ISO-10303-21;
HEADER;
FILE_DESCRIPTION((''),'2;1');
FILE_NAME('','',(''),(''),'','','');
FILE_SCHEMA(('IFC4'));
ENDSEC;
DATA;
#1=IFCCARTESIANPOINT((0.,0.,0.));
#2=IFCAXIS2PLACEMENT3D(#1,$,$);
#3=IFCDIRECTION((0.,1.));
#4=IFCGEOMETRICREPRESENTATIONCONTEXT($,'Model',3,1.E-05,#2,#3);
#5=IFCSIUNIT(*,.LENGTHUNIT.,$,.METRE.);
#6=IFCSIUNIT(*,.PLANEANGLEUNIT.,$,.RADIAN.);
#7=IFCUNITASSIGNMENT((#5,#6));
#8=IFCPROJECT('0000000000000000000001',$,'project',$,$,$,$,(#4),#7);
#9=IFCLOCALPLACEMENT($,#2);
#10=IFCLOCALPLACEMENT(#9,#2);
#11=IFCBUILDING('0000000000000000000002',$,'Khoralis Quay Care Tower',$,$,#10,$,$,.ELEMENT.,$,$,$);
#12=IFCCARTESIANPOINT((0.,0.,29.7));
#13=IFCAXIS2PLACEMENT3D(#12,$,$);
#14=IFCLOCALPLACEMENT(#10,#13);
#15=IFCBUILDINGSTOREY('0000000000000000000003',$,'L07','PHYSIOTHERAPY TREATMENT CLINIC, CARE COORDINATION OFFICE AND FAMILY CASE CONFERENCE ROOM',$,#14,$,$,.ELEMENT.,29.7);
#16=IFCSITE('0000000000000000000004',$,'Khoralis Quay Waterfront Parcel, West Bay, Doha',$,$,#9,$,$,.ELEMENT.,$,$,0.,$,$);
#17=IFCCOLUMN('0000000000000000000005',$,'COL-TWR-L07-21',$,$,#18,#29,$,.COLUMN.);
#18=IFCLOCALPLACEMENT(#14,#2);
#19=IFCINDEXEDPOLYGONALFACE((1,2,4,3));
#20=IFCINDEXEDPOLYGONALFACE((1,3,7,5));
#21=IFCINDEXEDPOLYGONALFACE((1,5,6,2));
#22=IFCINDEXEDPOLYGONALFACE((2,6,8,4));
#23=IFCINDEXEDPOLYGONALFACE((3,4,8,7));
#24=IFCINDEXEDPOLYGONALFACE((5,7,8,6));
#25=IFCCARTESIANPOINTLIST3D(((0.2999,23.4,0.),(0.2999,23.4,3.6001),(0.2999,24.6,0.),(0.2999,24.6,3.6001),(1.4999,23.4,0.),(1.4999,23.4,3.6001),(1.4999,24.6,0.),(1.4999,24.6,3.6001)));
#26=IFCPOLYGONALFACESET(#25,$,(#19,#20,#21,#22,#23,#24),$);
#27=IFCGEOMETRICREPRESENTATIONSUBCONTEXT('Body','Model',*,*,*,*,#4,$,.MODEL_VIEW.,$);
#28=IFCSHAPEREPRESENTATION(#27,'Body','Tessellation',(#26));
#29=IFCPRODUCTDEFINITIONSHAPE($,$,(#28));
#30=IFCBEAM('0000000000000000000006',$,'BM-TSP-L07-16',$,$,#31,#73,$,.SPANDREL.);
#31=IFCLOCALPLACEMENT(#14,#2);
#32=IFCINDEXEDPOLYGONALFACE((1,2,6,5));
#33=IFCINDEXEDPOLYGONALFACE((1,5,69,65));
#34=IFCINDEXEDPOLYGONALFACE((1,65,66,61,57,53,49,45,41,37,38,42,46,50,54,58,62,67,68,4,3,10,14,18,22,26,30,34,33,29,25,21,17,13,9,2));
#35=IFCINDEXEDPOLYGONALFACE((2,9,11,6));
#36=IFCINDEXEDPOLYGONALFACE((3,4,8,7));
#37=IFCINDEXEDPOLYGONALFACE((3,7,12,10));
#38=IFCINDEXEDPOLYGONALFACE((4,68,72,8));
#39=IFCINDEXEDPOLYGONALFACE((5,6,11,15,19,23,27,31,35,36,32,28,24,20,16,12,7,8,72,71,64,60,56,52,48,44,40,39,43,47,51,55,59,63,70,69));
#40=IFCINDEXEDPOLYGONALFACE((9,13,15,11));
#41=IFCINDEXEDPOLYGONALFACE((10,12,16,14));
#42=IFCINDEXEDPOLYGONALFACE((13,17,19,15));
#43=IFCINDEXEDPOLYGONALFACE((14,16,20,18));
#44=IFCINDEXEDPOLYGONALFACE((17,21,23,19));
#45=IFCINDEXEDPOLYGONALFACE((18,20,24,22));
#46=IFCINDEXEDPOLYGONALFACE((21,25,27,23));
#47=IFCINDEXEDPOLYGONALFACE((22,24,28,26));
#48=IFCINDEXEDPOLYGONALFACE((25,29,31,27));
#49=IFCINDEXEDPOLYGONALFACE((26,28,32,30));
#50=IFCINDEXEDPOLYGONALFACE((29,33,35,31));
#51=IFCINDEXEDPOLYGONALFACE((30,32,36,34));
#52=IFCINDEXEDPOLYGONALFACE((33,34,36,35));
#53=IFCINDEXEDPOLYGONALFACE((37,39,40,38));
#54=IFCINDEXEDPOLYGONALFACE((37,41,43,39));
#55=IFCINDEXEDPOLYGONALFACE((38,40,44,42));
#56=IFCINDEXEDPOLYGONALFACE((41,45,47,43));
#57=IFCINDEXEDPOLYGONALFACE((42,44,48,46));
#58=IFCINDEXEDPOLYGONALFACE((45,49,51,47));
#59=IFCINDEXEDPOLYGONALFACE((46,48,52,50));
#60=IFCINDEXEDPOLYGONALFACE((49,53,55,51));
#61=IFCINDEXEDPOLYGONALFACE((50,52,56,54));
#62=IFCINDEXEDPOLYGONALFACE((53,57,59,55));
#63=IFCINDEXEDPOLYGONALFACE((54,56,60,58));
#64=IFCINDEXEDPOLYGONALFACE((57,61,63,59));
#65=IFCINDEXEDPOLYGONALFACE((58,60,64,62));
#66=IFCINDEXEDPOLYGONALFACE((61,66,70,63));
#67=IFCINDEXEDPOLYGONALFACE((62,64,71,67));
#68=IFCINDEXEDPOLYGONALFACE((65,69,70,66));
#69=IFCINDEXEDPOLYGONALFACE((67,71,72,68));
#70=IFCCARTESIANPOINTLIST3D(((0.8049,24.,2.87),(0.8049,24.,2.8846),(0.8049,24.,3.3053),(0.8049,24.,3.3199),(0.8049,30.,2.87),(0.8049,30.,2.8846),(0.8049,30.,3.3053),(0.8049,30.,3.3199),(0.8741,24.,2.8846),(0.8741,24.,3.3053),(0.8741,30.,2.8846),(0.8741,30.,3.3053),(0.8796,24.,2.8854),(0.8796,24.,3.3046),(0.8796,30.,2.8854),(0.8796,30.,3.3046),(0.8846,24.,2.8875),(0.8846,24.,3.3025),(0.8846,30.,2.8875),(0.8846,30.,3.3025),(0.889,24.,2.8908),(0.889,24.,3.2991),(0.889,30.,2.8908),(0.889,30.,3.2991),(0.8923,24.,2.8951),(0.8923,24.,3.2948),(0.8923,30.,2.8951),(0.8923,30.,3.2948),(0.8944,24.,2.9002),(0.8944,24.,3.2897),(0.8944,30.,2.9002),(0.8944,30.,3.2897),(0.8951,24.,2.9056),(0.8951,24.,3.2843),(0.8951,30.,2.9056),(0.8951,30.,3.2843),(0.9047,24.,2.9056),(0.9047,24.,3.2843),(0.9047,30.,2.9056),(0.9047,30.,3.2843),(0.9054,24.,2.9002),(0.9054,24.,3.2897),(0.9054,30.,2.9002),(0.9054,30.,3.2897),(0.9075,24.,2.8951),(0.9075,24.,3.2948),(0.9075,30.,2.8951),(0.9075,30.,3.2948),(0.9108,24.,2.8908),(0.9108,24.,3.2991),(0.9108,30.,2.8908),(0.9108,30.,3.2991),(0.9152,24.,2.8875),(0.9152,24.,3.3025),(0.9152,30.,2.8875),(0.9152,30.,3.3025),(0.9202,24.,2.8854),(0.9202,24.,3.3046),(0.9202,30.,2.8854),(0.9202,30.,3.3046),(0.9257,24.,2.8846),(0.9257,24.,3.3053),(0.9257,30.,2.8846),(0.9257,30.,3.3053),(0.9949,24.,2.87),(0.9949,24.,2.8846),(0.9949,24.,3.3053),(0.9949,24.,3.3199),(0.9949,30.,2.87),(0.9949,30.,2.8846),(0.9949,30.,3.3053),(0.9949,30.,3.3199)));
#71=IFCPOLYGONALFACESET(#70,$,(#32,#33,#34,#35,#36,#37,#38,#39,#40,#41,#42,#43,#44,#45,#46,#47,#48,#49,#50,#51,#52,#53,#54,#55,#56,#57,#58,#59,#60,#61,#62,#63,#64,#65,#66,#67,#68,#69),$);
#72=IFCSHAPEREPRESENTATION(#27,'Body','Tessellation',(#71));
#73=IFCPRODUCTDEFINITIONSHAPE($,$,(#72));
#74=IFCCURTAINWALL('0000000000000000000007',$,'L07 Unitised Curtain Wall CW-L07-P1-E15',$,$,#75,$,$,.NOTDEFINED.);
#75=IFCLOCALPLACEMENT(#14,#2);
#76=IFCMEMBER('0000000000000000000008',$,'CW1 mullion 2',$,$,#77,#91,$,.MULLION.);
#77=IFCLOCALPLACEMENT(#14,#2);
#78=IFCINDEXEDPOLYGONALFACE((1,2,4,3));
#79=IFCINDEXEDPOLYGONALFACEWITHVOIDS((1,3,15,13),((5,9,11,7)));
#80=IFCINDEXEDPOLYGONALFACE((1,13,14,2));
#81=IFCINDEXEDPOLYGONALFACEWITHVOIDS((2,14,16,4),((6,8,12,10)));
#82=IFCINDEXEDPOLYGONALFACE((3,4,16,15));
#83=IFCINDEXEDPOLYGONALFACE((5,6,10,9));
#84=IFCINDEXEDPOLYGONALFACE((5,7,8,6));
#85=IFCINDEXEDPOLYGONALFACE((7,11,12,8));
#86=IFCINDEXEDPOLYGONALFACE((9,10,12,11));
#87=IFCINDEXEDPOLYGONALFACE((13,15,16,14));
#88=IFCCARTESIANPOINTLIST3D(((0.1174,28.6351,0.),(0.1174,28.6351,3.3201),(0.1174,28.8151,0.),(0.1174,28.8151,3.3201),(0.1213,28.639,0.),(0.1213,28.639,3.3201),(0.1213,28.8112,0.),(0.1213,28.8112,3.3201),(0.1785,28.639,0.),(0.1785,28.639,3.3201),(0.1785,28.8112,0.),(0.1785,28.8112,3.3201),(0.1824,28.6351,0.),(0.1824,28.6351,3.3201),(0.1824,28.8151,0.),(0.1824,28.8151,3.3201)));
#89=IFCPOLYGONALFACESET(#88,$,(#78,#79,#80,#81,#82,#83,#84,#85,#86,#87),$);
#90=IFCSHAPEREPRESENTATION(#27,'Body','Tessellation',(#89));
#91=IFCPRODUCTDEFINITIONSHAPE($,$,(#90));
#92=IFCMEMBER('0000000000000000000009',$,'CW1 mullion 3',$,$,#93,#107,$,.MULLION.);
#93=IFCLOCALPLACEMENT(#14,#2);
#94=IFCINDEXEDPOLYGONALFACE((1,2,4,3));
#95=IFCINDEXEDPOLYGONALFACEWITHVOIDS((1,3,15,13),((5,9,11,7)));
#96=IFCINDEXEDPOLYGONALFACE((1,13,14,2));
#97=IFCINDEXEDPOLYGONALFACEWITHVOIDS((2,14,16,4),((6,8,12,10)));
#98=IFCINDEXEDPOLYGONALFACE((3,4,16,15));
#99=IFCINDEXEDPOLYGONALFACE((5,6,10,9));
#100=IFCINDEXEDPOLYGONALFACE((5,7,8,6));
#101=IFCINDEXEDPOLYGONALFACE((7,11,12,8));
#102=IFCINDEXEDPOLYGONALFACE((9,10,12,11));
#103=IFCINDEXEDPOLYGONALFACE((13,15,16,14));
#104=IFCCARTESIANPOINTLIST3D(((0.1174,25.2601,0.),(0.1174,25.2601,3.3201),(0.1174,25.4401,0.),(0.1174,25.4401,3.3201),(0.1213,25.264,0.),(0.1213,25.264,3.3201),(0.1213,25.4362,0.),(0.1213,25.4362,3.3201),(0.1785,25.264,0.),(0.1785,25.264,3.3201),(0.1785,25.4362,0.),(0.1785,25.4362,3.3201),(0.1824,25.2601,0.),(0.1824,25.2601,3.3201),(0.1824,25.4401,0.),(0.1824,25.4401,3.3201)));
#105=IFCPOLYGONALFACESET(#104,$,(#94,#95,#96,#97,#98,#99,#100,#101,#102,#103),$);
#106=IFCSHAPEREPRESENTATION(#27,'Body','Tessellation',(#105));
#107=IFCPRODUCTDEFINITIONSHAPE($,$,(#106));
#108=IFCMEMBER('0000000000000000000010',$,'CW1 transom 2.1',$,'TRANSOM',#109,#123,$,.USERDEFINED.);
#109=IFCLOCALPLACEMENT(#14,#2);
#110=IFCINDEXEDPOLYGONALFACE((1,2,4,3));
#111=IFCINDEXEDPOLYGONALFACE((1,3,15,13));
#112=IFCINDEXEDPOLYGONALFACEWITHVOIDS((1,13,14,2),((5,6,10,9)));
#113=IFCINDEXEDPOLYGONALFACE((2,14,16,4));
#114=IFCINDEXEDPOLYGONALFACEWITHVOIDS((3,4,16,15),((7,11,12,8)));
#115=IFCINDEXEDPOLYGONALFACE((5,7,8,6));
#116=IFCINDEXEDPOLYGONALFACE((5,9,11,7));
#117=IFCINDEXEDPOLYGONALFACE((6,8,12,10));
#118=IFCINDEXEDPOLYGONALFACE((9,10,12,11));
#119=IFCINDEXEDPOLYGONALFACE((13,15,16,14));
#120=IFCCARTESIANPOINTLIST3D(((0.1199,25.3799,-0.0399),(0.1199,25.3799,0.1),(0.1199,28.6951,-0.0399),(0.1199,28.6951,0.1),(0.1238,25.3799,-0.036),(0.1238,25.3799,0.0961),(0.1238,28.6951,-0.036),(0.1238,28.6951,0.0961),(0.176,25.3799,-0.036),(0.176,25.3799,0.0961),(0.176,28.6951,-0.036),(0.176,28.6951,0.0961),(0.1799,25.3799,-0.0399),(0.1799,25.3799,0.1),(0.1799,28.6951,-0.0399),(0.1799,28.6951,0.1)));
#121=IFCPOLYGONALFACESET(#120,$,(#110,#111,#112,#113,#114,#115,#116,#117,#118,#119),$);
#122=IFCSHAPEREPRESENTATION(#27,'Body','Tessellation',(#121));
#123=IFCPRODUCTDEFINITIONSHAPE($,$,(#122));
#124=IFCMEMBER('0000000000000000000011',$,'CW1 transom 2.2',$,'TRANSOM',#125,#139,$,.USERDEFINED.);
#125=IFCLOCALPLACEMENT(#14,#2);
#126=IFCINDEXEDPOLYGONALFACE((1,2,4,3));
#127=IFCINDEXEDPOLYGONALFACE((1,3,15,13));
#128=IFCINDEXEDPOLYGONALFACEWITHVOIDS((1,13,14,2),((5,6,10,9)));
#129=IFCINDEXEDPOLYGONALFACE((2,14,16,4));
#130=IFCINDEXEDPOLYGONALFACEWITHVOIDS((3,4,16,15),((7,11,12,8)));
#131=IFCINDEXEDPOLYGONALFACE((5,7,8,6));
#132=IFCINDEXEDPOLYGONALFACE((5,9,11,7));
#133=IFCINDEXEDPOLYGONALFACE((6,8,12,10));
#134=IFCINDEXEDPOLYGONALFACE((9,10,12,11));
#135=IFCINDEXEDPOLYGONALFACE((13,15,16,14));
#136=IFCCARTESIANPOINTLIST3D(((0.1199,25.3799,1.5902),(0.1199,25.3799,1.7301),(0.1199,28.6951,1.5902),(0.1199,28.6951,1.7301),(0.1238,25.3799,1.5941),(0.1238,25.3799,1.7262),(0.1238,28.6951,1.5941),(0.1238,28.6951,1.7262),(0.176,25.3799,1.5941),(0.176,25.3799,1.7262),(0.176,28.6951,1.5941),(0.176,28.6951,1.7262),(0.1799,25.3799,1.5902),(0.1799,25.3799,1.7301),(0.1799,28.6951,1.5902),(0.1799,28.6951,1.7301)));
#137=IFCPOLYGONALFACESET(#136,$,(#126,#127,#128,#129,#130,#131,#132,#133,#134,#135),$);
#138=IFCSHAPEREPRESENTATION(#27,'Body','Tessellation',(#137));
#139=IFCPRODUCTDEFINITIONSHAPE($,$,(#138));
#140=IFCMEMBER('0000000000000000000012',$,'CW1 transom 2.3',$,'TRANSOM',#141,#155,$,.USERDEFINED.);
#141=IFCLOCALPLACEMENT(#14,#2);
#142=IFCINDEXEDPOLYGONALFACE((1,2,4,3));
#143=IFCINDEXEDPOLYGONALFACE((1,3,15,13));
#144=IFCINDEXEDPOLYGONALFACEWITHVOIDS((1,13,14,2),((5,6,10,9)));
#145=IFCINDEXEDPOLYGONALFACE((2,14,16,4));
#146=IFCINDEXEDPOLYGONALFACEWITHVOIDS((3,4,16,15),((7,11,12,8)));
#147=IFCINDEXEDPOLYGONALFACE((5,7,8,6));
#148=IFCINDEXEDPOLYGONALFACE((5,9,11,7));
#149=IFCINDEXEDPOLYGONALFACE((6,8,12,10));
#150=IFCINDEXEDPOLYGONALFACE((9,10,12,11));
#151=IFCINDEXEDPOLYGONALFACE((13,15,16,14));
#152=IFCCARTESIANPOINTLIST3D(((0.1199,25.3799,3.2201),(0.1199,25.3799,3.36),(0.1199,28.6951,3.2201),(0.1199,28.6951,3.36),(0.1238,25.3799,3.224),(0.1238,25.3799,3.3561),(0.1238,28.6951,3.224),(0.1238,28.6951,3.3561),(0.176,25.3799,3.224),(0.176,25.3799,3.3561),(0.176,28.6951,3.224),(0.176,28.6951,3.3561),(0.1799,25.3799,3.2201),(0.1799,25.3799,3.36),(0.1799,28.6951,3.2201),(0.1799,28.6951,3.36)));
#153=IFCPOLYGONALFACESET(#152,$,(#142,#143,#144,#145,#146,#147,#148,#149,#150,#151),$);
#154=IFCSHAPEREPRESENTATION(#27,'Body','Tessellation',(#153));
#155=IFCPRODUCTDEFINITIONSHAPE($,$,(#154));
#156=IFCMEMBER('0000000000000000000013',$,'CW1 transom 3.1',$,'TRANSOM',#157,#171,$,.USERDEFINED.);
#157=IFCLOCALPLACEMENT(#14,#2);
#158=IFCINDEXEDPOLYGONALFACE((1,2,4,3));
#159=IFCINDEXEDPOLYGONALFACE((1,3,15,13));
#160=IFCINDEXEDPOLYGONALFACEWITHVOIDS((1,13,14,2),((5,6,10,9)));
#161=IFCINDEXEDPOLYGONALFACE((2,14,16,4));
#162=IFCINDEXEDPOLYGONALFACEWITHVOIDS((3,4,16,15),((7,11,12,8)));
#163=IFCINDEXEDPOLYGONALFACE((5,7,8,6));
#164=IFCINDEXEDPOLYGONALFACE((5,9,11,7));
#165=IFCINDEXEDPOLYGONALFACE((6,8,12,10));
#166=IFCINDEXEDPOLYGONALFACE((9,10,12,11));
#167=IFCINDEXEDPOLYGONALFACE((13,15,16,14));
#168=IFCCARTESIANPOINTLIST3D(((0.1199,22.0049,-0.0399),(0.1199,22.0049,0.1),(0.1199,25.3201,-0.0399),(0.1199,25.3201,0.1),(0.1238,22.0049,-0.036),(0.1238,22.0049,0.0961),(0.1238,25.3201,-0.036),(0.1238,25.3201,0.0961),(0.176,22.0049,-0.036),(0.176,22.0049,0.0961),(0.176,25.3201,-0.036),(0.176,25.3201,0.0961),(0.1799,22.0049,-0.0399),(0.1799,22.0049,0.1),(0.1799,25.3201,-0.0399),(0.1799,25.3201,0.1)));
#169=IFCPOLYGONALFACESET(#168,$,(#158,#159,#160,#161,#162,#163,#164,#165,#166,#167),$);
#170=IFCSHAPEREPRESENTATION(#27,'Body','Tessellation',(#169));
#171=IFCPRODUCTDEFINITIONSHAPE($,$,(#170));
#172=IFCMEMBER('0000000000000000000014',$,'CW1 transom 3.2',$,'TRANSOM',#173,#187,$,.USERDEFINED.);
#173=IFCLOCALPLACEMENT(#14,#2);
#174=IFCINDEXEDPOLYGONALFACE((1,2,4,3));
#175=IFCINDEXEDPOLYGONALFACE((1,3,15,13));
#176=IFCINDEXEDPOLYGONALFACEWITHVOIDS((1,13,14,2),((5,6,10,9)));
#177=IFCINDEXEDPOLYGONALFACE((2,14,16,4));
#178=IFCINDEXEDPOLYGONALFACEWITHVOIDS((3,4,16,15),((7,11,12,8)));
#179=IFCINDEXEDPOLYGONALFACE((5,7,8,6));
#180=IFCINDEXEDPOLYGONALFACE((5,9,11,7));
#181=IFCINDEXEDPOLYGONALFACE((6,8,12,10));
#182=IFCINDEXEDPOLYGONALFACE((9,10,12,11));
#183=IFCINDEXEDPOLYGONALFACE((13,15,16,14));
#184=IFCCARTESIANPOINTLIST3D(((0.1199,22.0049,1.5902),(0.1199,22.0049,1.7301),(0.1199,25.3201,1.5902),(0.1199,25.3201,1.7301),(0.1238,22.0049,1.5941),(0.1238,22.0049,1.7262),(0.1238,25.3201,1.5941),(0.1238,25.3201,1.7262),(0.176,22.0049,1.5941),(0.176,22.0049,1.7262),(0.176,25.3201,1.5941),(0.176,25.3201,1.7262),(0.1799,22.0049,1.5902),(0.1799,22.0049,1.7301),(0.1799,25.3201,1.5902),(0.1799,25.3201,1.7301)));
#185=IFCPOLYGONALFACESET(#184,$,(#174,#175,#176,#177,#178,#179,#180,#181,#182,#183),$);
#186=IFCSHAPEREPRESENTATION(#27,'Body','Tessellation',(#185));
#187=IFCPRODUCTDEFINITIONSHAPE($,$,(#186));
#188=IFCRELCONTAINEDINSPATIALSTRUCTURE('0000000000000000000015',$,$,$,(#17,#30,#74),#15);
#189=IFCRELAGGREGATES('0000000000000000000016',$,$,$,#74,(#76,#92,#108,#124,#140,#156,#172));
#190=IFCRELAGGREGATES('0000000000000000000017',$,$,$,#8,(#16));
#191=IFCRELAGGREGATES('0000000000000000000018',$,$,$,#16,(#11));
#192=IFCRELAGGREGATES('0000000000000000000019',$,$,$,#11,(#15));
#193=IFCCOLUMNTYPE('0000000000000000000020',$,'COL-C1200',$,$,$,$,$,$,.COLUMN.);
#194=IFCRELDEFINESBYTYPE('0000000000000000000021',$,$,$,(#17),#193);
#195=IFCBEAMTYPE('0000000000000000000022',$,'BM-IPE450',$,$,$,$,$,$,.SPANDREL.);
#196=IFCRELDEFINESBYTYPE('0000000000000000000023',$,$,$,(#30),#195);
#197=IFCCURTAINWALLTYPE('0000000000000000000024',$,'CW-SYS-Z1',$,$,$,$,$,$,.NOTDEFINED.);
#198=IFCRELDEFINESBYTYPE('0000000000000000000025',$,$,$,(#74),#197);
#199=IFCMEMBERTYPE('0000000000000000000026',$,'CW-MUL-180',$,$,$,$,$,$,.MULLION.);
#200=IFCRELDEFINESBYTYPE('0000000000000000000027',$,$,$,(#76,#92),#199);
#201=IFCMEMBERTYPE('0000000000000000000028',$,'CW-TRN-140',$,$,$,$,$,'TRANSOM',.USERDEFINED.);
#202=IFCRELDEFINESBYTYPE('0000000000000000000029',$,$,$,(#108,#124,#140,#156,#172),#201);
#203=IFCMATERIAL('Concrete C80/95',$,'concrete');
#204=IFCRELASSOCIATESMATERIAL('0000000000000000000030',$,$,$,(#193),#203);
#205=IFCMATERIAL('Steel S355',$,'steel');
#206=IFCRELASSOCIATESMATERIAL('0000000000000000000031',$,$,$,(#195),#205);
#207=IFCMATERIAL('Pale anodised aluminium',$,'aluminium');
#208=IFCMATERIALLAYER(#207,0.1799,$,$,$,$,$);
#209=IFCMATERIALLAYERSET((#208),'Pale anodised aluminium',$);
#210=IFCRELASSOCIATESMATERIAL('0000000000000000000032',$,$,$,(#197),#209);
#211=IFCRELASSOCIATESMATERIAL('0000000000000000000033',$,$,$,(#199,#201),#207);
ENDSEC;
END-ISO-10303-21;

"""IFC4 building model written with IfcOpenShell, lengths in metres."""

from ifc_helpers import new_model, si_unit, direction, frame, origin, origin_2d, place, context, subcontext, project, spatial, rectangle, hollow_rectangle, i_section, extrude, source, transform, mapped, material, layer, layer_set, material_profile, profile_set, type_object, element, aggregate, save


model = new_model("IFC4")

# Units and contexts
model_context = context("Model", 3, precision=1e-05, world=origin(), true_north=direction((0.0, 1.0)))
body_context = subcontext(model_context, "Body", "Model", "MODEL_VIEW")
ifc_project = project(units=[si_unit("LENGTHUNIT", "METRE"), si_unit("PLANEANGLEUNIT", "RADIAN")], contexts=[model_context])

# Site, building, storey
site_placement = place(None, origin())
site = spatial("IfcSite", under=ifc_project, at=site_placement, Name="Khoralis Quay Waterfront Parcel, West Bay, Doha", CompositionType="ELEMENT", RefElevation=0.0)
building_placement = place(site_placement, origin())
building = spatial("IfcBuilding", under=site, at=building_placement, Name="Khoralis Quay Care Tower", CompositionType="ELEMENT")
storey_placement = place(building_placement, frame((0.0, 0.0, 29.7)))
storey = spatial("IfcBuildingStorey", under=building, at=storey_placement, Name="L07", Description="PHYSIOTHERAPY TREATMENT CLINIC, CARE COORDINATION OFFICE AND FAMILY CASE CONFERENCE ROOM", CompositionType="ELEMENT", Elevation=29.7)

# Column
ifc_material_1 = material(Name="Concrete C80/95", Category="concrete")
ifc_material_profile_1 = material_profile(ifc_material_1, rectangle(XDim=1.2, YDim=1.2, at=origin_2d()), Name="Concrete C80/95")
ifc_profile_set_1 = profile_set([ifc_material_profile_1], Name="Concrete C80/95")
column_type = type_object("IfcColumnType", Name="COL-C1200", PredefinedType="COLUMN", material=ifc_profile_set_1)
shared_shape_1 = source(origin(), body_context, "Body", "SweptSolid", [
    extrude(rectangle(XDim=1.2, YDim=1.2, at=origin_2d()), origin(), (0.0, 0.0, 1.0), 3.6001),
])
column_placement = place(storey_placement, frame((0.8999, 24.0, 0.0), z_axis=(0.0, 0.0, 1.0), x_axis=(1.0, 0.0, 0.0)))
element("IfcColumn", 1, at=column_placement, inside=storey, type_object=column_type, Name="COL-TWR-L07-21", PredefinedType="COLUMN", context=body_context, shape_type="MappedRepresentation", body=[
    mapped(shared_shape_1, transform((0.0, 0.0, 0.0), scale=1.0)),
])

# Beam
ifc_material_2 = material(Name="Steel S355", Category="steel")
ifc_material_profile_2 = material_profile(ifc_material_2, i_section(OverallWidth=0.1899, OverallDepth=0.45, WebThickness=0.0095, FlangeThickness=0.0146, FilletRadius=0.021, at=origin_2d()), Name="Steel S355")
ifc_profile_set_2 = profile_set([ifc_material_profile_2], Name="Steel S355")
beam_type = type_object("IfcBeamType", Name="BM-IPE450", PredefinedType="SPANDREL", material=ifc_profile_set_2)
shared_shape_2 = source(origin(), body_context, "Body", "SweptSolid", [
    extrude(i_section(OverallWidth=0.1899, OverallDepth=0.45, WebThickness=0.0095, FlangeThickness=0.0146, FilletRadius=0.021, at=origin_2d()), origin(), (0.0, 0.0, 1.0), 6.0),
])
beam_placement = place(storey_placement, frame((0.8999, 24.0, 3.095), z_axis=(0.0, 1.0, 0.0), x_axis=(-1.0, 0.0, 0.0)))
element("IfcBeam", 2, at=beam_placement, inside=storey, type_object=beam_type, Name="BM-TSP-L07-16", PredefinedType="SPANDREL", context=body_context, shape_type="MappedRepresentation", body=[
    mapped(shared_shape_2, transform((0.0, 0.0, 0.0), scale=1.0)),
])

# Curtain wall, members
ifc_material_3 = material(Name="Pale anodised aluminium", Category="aluminium")
ifc_layer_1 = layer(ifc_material_3, 0.1799)
ifc_layer_set_1 = layer_set([ifc_layer_1], Name="Pale anodised aluminium")
curtain_wall_type = type_object("IfcCurtainWallType", Name="CW-SYS-Z1", PredefinedType="NOTDEFINED", material=ifc_layer_set_1)
curtain_wall_placement = place(storey_placement, origin())
curtain_wall = element("IfcCurtainWall", 3, at=curtain_wall_placement, inside=storey, type_object=curtain_wall_type, Name="L07 Unitised Curtain Wall CW-L07-P1-E15", PredefinedType="NOTDEFINED")
ifc_material_profile_3 = material_profile(ifc_material_3, hollow_rectangle(XDim=0.0649, YDim=0.1799, WallThickness=0.0039, at=origin_2d()), Name="Pale anodised aluminium")
ifc_profile_set_3 = profile_set([ifc_material_profile_3], Name="Pale anodised aluminium")
member_type_1 = type_object("IfcMemberType", Name="CW-MUL-180", PredefinedType="MULLION", material=ifc_profile_set_3)
shared_shape_3 = source(origin(), body_context, "Body", "SweptSolid", [
    extrude(hollow_rectangle(XDim=0.0649, YDim=0.1799, WallThickness=0.0039, at=origin_2d()), origin(), (0.0, 0.0, 1.0), 3.3201),
])
member_1_placement = place(storey_placement, frame((0.1499, 28.7251, 0.0), z_axis=(0.0, 0.0, 1.0), x_axis=(1.0, 0.0, 0.0)))
member_1 = element("IfcMember", 4, at=member_1_placement, type_object=member_type_1, Name="CW1 mullion 2", PredefinedType="MULLION", context=body_context, shape_type="MappedRepresentation", body=[
    mapped(shared_shape_3, transform((0.0, 0.0, 0.0), scale=1.0)),
])
member_2_placement = place(storey_placement, frame((0.1499, 25.3501, 0.0), z_axis=(0.0, 0.0, 1.0), x_axis=(1.0, 0.0, 0.0)))
member_2 = element("IfcMember", 5, at=member_2_placement, type_object=member_type_1, Name="CW1 mullion 3", PredefinedType="MULLION", context=body_context, shape_type="MappedRepresentation", body=[
    mapped(shared_shape_3, transform((0.0, 0.0, 0.0), scale=1.0)),
])
ifc_material_profile_4 = material_profile(ifc_material_3, hollow_rectangle(XDim=0.0601, YDim=0.1399, WallThickness=0.0039, at=origin_2d()), Name="Pale anodised aluminium")
ifc_profile_set_4 = profile_set([ifc_material_profile_4], Name="Pale anodised aluminium")
member_type_2 = type_object("IfcMemberType", Name="CW-TRN-140", ElementType="TRANSOM", PredefinedType="USERDEFINED", material=ifc_profile_set_4)
shared_shape_4 = source(origin(), body_context, "Body", "SweptSolid", [
    extrude(hollow_rectangle(XDim=0.0601, YDim=0.1399, WallThickness=0.0039, at=origin_2d()), origin(), (0.0, 0.0, 1.0), 3.3152),
])
member_3_placement = place(storey_placement, frame((0.1499, 28.6951, 0.03), z_axis=(0.0, -1.0, 0.0), x_axis=(1.0, 0.0, 0.0)))
member_3 = element("IfcMember", 6, at=member_3_placement, type_object=member_type_2, Name="CW1 transom 2.1", ObjectType="TRANSOM", PredefinedType="USERDEFINED", context=body_context, shape_type="MappedRepresentation", body=[
    mapped(shared_shape_4, transform((0.0, 0.0, 0.0), scale=1.0)),
])
member_4_placement = place(storey_placement, frame((0.1499, 28.6951, 1.6602), z_axis=(0.0, -1.0, 0.0), x_axis=(1.0, 0.0, 0.0)))
member_4 = element("IfcMember", 7, at=member_4_placement, type_object=member_type_2, Name="CW1 transom 2.2", ObjectType="TRANSOM", PredefinedType="USERDEFINED", context=body_context, shape_type="MappedRepresentation", body=[
    mapped(shared_shape_4, transform((0.0, 0.0, 0.0), scale=1.0)),
])
member_5_placement = place(storey_placement, frame((0.1499, 28.6951, 3.29), z_axis=(0.0, -1.0, 0.0), x_axis=(1.0, 0.0, 0.0)))
member_5 = element("IfcMember", 8, at=member_5_placement, type_object=member_type_2, Name="CW1 transom 2.3", ObjectType="TRANSOM", PredefinedType="USERDEFINED", context=body_context, shape_type="MappedRepresentation", body=[
    mapped(shared_shape_4, transform((0.0, 0.0, 0.0), scale=1.0)),
])
member_6_placement = place(storey_placement, frame((0.1499, 25.3201, 0.03), z_axis=(0.0, -1.0, 0.0), x_axis=(1.0, 0.0, 0.0)))
member_6 = element("IfcMember", 9, at=member_6_placement, type_object=member_type_2, Name="CW1 transom 3.1", ObjectType="TRANSOM", PredefinedType="USERDEFINED", context=body_context, shape_type="MappedRepresentation", body=[
    mapped(shared_shape_4, transform((0.0, 0.0, 0.0), scale=1.0)),
])
member_7_placement = place(storey_placement, frame((0.1499, 25.3201, 1.6602), z_axis=(0.0, -1.0, 0.0), x_axis=(1.0, 0.0, 0.0)))
member_7 = element("IfcMember", 10, at=member_7_placement, type_object=member_type_2, Name="CW1 transom 3.2", ObjectType="TRANSOM", PredefinedType="USERDEFINED", context=body_context, shape_type="MappedRepresentation", body=[
    mapped(shared_shape_4, transform((0.0, 0.0, 0.0), scale=1.0)),
])
aggregate(curtain_wall, [member_1, member_2, member_3, member_4, member_5, member_6, member_7])

save(model, "model.ifc")
